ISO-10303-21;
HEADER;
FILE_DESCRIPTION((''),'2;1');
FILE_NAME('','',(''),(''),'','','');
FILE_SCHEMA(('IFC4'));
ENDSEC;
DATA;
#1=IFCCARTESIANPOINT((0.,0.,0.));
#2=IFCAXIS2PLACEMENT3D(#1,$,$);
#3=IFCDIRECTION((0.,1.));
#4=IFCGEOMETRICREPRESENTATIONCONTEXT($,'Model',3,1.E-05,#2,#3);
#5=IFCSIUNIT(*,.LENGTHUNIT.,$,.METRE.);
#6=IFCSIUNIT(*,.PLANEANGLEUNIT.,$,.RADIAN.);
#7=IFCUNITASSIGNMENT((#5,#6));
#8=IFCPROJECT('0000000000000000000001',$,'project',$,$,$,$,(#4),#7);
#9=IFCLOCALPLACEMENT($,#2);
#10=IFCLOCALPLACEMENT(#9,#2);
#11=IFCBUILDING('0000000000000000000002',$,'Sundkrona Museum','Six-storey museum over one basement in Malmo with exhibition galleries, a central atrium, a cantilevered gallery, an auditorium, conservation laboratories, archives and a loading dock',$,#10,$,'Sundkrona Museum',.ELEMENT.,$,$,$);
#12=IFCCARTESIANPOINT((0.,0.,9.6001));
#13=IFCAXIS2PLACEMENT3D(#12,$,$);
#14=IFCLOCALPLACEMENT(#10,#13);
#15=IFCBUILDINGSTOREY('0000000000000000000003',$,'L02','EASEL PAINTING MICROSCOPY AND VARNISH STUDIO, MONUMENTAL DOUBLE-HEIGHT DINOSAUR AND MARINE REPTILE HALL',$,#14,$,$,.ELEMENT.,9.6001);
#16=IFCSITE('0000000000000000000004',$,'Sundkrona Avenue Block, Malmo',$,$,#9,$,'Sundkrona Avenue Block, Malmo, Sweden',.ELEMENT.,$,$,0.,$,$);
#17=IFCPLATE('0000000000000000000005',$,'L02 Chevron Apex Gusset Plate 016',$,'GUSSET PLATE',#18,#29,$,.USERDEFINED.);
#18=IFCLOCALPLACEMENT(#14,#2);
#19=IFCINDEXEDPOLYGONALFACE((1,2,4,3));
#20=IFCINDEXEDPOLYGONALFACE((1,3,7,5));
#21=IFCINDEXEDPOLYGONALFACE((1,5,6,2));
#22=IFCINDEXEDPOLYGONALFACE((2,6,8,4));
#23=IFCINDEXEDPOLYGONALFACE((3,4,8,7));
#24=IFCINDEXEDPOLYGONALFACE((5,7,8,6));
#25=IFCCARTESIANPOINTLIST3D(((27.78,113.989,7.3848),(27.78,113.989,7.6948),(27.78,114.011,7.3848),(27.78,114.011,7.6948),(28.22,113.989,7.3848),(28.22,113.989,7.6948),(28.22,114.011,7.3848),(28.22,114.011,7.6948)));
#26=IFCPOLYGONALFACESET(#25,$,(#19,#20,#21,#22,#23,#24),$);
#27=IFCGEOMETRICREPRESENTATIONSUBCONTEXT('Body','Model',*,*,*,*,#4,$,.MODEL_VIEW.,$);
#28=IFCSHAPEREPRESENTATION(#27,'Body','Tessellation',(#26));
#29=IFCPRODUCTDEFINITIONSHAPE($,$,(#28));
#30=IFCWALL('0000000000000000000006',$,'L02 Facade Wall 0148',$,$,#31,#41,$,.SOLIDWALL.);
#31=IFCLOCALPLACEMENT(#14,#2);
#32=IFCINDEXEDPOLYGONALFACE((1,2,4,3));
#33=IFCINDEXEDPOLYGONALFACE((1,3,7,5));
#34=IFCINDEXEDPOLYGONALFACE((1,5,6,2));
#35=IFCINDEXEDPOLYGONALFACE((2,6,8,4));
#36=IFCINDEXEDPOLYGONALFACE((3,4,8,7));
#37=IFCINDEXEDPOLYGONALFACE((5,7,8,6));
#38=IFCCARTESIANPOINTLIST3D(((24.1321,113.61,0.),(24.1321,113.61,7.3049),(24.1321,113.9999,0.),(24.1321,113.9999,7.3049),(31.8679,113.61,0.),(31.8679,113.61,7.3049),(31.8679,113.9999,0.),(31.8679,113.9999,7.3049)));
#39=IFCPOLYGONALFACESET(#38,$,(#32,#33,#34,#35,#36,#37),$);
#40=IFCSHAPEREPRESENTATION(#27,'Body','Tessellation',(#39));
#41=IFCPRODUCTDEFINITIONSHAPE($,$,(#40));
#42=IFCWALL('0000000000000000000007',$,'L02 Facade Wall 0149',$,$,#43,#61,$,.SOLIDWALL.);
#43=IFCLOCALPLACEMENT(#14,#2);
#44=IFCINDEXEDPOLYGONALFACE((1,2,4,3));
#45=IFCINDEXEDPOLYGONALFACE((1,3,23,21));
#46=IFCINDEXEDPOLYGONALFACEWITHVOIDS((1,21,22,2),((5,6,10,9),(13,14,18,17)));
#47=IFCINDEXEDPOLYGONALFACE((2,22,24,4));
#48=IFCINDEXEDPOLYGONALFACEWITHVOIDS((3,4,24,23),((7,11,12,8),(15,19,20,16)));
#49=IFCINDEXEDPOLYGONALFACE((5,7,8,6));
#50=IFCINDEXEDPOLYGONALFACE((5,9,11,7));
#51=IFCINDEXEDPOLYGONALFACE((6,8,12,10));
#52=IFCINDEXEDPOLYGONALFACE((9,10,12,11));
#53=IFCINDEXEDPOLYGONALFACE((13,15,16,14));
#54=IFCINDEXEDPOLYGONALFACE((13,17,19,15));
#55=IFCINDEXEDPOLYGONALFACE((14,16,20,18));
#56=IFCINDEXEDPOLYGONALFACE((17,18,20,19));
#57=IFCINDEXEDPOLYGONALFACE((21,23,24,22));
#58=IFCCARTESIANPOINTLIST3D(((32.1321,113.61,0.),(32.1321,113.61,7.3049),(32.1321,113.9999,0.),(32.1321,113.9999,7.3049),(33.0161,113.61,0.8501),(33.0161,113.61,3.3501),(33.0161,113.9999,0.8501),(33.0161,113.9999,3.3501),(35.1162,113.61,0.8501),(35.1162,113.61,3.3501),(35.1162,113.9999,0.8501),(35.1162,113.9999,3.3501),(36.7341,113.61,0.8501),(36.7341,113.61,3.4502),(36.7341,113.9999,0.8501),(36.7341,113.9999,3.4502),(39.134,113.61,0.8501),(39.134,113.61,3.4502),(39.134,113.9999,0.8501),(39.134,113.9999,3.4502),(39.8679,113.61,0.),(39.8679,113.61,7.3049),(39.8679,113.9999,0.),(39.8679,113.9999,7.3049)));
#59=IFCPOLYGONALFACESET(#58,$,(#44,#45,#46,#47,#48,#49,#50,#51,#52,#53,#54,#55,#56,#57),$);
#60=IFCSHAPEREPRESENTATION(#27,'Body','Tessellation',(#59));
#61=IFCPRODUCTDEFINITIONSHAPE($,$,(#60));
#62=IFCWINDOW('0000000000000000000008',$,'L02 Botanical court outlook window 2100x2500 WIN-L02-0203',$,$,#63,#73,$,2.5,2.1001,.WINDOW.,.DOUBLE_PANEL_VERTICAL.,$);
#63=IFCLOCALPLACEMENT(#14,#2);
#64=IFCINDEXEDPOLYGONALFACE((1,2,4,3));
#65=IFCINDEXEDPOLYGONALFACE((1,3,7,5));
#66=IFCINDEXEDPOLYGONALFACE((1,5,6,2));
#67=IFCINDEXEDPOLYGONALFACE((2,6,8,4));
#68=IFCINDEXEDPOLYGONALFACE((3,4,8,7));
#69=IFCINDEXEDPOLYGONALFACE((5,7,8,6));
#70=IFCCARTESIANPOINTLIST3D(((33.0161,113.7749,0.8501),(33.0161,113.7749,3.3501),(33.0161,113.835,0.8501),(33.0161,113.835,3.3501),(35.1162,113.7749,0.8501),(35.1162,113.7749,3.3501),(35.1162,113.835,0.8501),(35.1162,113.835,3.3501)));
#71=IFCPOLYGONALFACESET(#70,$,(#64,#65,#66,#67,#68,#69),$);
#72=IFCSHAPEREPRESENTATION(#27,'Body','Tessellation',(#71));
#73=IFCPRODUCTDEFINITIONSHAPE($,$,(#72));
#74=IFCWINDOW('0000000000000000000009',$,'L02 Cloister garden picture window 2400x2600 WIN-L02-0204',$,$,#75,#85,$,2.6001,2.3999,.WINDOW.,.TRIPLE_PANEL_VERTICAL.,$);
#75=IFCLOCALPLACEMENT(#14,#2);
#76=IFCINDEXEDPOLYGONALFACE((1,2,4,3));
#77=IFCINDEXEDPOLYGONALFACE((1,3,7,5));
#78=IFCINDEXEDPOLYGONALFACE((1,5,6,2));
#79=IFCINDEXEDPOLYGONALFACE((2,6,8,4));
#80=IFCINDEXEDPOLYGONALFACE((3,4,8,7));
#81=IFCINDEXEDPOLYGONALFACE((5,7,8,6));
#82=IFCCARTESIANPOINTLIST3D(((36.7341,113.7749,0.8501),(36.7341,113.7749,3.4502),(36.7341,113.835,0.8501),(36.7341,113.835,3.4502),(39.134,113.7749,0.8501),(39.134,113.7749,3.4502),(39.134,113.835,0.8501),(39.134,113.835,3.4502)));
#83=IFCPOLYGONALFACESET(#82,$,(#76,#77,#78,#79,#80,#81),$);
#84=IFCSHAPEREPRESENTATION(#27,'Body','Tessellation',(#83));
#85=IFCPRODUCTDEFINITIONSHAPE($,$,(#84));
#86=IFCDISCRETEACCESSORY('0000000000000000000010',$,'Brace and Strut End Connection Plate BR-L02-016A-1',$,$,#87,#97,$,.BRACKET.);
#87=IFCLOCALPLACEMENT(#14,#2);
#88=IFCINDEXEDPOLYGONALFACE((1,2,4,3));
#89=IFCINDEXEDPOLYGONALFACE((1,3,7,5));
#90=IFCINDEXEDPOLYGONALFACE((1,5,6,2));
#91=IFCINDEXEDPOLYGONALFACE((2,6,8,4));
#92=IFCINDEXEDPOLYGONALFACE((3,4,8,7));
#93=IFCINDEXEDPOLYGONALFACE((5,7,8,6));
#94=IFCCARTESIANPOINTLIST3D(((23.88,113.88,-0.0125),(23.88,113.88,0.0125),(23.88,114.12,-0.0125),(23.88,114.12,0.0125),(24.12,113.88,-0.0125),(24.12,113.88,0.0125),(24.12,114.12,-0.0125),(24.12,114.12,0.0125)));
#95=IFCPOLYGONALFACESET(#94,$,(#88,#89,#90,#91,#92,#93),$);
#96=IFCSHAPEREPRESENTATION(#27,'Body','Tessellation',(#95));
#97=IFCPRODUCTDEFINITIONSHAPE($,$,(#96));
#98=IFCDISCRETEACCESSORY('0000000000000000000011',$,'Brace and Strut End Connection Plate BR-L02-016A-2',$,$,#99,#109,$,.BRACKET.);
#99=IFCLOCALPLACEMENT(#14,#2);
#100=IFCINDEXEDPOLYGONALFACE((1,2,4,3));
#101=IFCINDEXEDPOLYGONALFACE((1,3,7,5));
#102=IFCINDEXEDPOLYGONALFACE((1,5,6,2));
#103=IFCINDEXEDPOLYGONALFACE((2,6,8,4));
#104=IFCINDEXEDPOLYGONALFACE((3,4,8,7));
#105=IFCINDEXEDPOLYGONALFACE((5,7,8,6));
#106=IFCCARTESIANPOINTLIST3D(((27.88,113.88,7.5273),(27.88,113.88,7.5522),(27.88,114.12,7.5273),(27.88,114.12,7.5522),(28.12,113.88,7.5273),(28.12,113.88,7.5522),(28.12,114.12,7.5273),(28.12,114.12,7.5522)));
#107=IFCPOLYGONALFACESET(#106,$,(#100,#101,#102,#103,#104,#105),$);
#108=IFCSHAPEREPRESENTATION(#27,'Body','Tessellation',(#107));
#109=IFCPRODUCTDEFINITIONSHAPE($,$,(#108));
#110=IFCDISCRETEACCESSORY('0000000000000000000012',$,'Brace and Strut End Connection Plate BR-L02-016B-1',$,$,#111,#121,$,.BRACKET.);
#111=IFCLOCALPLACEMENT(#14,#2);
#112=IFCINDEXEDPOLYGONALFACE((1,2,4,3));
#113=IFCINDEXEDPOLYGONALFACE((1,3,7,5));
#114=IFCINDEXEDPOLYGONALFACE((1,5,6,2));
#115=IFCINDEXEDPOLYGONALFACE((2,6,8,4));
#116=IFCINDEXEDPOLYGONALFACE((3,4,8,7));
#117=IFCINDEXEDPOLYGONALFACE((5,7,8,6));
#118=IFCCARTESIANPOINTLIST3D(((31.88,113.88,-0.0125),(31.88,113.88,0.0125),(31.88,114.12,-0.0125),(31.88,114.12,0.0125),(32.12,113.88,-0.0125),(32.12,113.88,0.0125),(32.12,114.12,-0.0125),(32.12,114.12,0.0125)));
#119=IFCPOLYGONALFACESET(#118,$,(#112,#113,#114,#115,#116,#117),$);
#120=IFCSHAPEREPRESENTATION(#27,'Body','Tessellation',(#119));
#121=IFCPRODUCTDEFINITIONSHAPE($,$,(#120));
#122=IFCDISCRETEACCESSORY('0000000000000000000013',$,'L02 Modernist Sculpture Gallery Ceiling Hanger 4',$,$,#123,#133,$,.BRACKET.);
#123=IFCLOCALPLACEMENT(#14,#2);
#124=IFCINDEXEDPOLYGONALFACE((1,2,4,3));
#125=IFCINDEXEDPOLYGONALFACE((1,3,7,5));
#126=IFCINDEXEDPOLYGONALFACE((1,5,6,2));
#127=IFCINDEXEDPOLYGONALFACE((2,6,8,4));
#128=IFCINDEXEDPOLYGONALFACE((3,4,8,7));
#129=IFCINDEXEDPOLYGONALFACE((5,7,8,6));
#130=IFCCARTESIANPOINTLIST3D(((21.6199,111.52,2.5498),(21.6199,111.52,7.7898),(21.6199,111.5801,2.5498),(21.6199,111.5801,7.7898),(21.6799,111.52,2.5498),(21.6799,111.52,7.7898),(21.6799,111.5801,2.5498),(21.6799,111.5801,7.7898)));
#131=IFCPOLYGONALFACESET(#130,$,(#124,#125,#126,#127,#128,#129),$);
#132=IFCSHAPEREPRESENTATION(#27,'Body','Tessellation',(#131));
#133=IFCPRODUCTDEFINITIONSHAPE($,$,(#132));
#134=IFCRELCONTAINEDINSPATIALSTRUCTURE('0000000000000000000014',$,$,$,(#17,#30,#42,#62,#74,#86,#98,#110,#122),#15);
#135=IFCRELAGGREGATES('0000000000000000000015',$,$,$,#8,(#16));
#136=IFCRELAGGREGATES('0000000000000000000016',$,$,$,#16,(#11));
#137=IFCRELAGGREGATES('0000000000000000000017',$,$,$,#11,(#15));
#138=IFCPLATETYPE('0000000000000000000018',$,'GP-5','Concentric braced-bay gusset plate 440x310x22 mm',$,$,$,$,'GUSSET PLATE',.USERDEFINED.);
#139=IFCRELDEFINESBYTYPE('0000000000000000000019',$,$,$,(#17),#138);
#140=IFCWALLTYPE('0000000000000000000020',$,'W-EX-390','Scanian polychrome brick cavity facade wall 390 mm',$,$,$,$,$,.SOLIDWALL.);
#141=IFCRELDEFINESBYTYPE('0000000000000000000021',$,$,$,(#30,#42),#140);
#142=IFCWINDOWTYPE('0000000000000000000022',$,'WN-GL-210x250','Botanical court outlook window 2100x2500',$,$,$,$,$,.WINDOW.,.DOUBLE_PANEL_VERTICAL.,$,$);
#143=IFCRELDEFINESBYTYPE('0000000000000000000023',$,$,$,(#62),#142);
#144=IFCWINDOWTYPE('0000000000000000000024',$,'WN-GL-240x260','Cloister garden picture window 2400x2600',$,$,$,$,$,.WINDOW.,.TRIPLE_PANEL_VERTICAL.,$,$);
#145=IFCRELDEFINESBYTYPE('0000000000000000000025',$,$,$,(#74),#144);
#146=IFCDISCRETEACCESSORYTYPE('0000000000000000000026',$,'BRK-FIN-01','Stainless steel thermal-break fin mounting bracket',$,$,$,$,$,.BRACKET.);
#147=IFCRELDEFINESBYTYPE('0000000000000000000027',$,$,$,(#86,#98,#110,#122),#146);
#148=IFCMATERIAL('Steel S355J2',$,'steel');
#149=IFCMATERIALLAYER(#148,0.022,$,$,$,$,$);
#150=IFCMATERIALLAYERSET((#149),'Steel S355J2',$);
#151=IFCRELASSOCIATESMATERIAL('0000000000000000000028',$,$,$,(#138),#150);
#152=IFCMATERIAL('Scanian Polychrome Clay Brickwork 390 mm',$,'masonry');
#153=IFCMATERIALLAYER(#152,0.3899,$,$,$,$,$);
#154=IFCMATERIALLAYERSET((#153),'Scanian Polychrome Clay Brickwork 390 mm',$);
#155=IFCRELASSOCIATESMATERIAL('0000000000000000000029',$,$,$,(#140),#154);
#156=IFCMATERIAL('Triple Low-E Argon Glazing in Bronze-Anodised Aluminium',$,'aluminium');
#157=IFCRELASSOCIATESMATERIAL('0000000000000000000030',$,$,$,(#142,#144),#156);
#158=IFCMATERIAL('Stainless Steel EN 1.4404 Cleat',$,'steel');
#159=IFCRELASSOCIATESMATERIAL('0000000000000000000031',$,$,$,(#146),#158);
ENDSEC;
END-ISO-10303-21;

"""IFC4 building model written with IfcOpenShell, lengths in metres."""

from ifc_helpers import new_model, si_unit, direction, frame, frame_2d, origin, origin_2d, place, context, subcontext, project, spatial, rectangle, extrude, material, layer, layer_set, type_object, element, fill, save


model = new_model("IFC4")

# Units and contexts
model_context = context("Model", 3, precision=1e-05, world=origin(), true_north=direction((0.0, 1.0)))
body_context = subcontext(model_context, "Body", "Model", "MODEL_VIEW")
ifc_project = project(units=[si_unit("LENGTHUNIT", "METRE"), si_unit("PLANEANGLEUNIT", "RADIAN")], contexts=[model_context])

# Site, building, storey
site_placement = place(None, origin())
site = spatial("IfcSite", under=ifc_project, at=site_placement, Name="Sundkrona Avenue Block, Malmo", LongName="Sundkrona Avenue Block, Malmo, Sweden", CompositionType="ELEMENT", RefElevation=0.0)
building_placement = place(site_placement, origin())
building = spatial("IfcBuilding", under=site, at=building_placement, Name="Sundkrona Museum", Description="Six-storey museum over one basement in Malmo with exhibition galleries, a central atrium, a cantilevered gallery, an auditorium, conservation laboratories, archives and a loading dock", LongName="Sundkrona Museum", CompositionType="ELEMENT")
storey_placement = place(building_placement, frame((0.0, 0.0, 9.6001)))
storey = spatial("IfcBuildingStorey", under=building, at=storey_placement, Name="L02", Description="EASEL PAINTING MICROSCOPY AND VARNISH STUDIO, MONUMENTAL DOUBLE-HEIGHT DINOSAUR AND MARINE REPTILE HALL", CompositionType="ELEMENT", Elevation=9.6001)

# Shared definitions
ifc_material_1 = material(Name="Steel S355J2", Category="steel")

# Plate
ifc_layer_1 = layer(ifc_material_1, 0.022)
ifc_layer_set_1 = layer_set([ifc_layer_1], Name="Steel S355J2")
plate_type = type_object("IfcPlateType", Name="GP-5", Description="Concentric braced-bay gusset plate 440x310x22 mm", ElementType="GUSSET PLATE", PredefinedType="USERDEFINED", material=ifc_layer_set_1)
plate_placement = place(storey_placement, frame((28.0, 114.0, 7.3848), z_axis=(0.0, 0.0, 1.0), x_axis=(1.0, 0.0, 0.0)))
element("IfcPlate", 1, at=plate_placement, inside=storey, type_object=plate_type, Name="L02 Chevron Apex Gusset Plate 016", ObjectType="GUSSET PLATE", PredefinedType="USERDEFINED", context=body_context, shape_type="SweptSolid", body=[
    extrude(rectangle(XDim=0.4399, YDim=0.022, at=origin_2d()), origin(), (0.0, 0.0, 1.0), 0.3101),
])

# Wall
ifc_material_2 = material(Name="Scanian Polychrome Clay Brickwork 390 mm", Category="masonry")
ifc_layer_2 = layer(ifc_material_2, 0.3899)
ifc_layer_set_2 = layer_set([ifc_layer_2], Name="Scanian Polychrome Clay Brickwork 390 mm")
wall_type = type_object("IfcWallType", Name="W-EX-390", Description="Scanian polychrome brick cavity facade wall 390 mm", PredefinedType="SOLIDWALL", material=ifc_layer_set_2)
wall_1_placement = place(storey_placement, frame((24.1321, 113.8049, 0.0), z_axis=(0.0, 0.0, 1.0), x_axis=(1.0, 0.0, 0.0)))
element("IfcWall", 2, at=wall_1_placement, inside=storey, type_object=wall_type, Name="L02 Facade Wall 0148", PredefinedType="SOLIDWALL", context=body_context, shape_type="SweptSolid", body=[
    extrude(rectangle(XDim=7.7358, YDim=0.3899, at=frame_2d((3.8679, 0.0))), origin(), (0.0, 0.0, 1.0), 7.3049),
])

# Wall, openings, windows
wall_2_placement = place(storey_placement, frame((32.1321, 113.8049, 0.0), z_axis=(0.0, 0.0, 1.0), x_axis=(1.0, 0.0, 0.0)))
wall_2 = element("IfcWall", 3, at=wall_2_placement, inside=storey, type_object=wall_type, Name="L02 Facade Wall 0149", PredefinedType="SOLIDWALL", context=body_context, shape_type="SweptSolid", body=[
    extrude(rectangle(XDim=7.7358, YDim=0.3899, at=frame_2d((3.8679, 0.0))), origin(), (0.0, 0.0, 1.0), 7.3049),
])
opening_1_placement = place(wall_2_placement, frame((0.884, 0.0, 0.8501)))
opening_1 = element("IfcOpeningElement", 4, at=opening_1_placement, cuts=wall_2, PredefinedType="OPENING", context=body_context, shape_type="SweptSolid", body=[
    extrude(rectangle(XDim=2.1001, YDim=2.5, at=frame_2d((1.05, 1.25))), frame((0.0, 0.2048, 0.0), z_axis=(0.0, -1.0, 0.0), x_axis=(1.0, 0.0, 0.0)), (0.0, 0.0, 1.0), 0.4099),
])
opening_2_placement = place(wall_2_placement, frame((4.6021, 0.0, 0.8501)))
opening_2 = element("IfcOpeningElement", 5, at=opening_2_placement, cuts=wall_2, PredefinedType="OPENING", context=body_context, shape_type="SweptSolid", body=[
    extrude(rectangle(XDim=2.3999, YDim=2.6001, at=frame_2d((1.2, 1.3))), frame((0.0, 0.2048, 0.0), z_axis=(0.0, -1.0, 0.0), x_axis=(1.0, 0.0, 0.0)), (0.0, 0.0, 1.0), 0.4099),
])
ifc_material_3 = material(Name="Triple Low-E Argon Glazing in Bronze-Anodised Aluminium", Category="aluminium")
window_type_1 = type_object("IfcWindowType", Name="WN-GL-210x250", Description="Botanical court outlook window 2100x2500", PartitioningType="DOUBLE_PANEL_VERTICAL", PredefinedType="WINDOW", material=ifc_material_3)
window_1_placement = place(opening_1_placement, origin())
window_1 = element("IfcWindow", 6, at=window_1_placement, inside=storey, type_object=window_type_1, Name="L02 Botanical court outlook window 2100x2500 WIN-L02-0203", OverallHeight=2.5, OverallWidth=2.1001, PartitioningType="DOUBLE_PANEL_VERTICAL", PredefinedType="WINDOW", context=body_context, shape_type="SweptSolid", body=[
    extrude(rectangle(XDim=2.1001, YDim=2.5, at=frame_2d((1.05, 1.25))), frame((0.0, 0.03, 0.0), z_axis=(0.0, -1.0, 0.0), x_axis=(1.0, 0.0, 0.0)), (0.0, 0.0, 1.0), 0.0601),
])
fill(opening_1, window_1)
window_type_2 = type_object("IfcWindowType", Name="WN-GL-240x260", Description="Cloister garden picture window 2400x2600", PartitioningType="TRIPLE_PANEL_VERTICAL", PredefinedType="WINDOW", material=ifc_material_3)
window_2_placement = place(opening_2_placement, origin())
window_2 = element("IfcWindow", 7, at=window_2_placement, inside=storey, type_object=window_type_2, Name="L02 Cloister garden picture window 2400x2600 WIN-L02-0204", OverallHeight=2.6001, OverallWidth=2.3999, PartitioningType="TRIPLE_PANEL_VERTICAL", PredefinedType="WINDOW", context=body_context, shape_type="SweptSolid", body=[
    extrude(rectangle(XDim=2.3999, YDim=2.6001, at=frame_2d((1.2, 1.3))), frame((0.0, 0.03, 0.0), z_axis=(0.0, -1.0, 0.0), x_axis=(1.0, 0.0, 0.0)), (0.0, 0.0, 1.0), 0.0601),
])
fill(opening_2, window_2)

# Discrete accessories
ifc_material_4 = material(Name="Stainless Steel EN 1.4404 Cleat", Category="steel")
discrete_accessory_type = type_object("IfcDiscreteAccessoryType", Name="BRK-FIN-01", Description="Stainless steel thermal-break fin mounting bracket", PredefinedType="BRACKET", material=ifc_material_4)
for number, where, z_axis, x_axis, name in (
    (8, (24.0, 114.0, -0.0125), (0.0, 0.0, 1.0), (1.0, 0.0, 0.0), "Brace and Strut End Connection Plate BR-L02-016A-1"),
    (9, (28.0, 114.0, 7.5273), (0.0, 0.0, 1.0), (1.0, 0.0, 0.0), "Brace and Strut End Connection Plate BR-L02-016A-2"),
    (10, (32.0, 114.0, -0.0125), (0.0, 0.0, 1.0), (1.0, 0.0, 0.0), "Brace and Strut End Connection Plate BR-L02-016B-1"),
):
    element("IfcDiscreteAccessory", number, at=place(storey_placement, frame(where, z_axis=z_axis, x_axis=x_axis)), inside=storey, type_object=discrete_accessory_type, Name=name, PredefinedType="BRACKET", context=body_context, shape_type="SweptSolid", body=[
        extrude(rectangle(XDim=0.24, YDim=0.24, at=origin_2d()), origin(), (0.0, 0.0, 1.0), 0.0249),
    ])
discrete_accessory_placement = place(storey_placement, frame((21.6499, 111.55, 2.5498), z_axis=(0.0, 0.0, 1.0), x_axis=(1.0, 0.0, 0.0)))
element("IfcDiscreteAccessory", 11, at=discrete_accessory_placement, inside=storey, type_object=discrete_accessory_type, Name="L02 Modernist Sculpture Gallery Ceiling Hanger 4", PredefinedType="BRACKET", context=body_context, shape_type="SweptSolid", body=[
    extrude(rectangle(XDim=0.0601, YDim=0.0601, at=origin_2d()), origin(), (0.0, 0.0, 1.0), 5.24),
])

save(model, "model.ifc")
